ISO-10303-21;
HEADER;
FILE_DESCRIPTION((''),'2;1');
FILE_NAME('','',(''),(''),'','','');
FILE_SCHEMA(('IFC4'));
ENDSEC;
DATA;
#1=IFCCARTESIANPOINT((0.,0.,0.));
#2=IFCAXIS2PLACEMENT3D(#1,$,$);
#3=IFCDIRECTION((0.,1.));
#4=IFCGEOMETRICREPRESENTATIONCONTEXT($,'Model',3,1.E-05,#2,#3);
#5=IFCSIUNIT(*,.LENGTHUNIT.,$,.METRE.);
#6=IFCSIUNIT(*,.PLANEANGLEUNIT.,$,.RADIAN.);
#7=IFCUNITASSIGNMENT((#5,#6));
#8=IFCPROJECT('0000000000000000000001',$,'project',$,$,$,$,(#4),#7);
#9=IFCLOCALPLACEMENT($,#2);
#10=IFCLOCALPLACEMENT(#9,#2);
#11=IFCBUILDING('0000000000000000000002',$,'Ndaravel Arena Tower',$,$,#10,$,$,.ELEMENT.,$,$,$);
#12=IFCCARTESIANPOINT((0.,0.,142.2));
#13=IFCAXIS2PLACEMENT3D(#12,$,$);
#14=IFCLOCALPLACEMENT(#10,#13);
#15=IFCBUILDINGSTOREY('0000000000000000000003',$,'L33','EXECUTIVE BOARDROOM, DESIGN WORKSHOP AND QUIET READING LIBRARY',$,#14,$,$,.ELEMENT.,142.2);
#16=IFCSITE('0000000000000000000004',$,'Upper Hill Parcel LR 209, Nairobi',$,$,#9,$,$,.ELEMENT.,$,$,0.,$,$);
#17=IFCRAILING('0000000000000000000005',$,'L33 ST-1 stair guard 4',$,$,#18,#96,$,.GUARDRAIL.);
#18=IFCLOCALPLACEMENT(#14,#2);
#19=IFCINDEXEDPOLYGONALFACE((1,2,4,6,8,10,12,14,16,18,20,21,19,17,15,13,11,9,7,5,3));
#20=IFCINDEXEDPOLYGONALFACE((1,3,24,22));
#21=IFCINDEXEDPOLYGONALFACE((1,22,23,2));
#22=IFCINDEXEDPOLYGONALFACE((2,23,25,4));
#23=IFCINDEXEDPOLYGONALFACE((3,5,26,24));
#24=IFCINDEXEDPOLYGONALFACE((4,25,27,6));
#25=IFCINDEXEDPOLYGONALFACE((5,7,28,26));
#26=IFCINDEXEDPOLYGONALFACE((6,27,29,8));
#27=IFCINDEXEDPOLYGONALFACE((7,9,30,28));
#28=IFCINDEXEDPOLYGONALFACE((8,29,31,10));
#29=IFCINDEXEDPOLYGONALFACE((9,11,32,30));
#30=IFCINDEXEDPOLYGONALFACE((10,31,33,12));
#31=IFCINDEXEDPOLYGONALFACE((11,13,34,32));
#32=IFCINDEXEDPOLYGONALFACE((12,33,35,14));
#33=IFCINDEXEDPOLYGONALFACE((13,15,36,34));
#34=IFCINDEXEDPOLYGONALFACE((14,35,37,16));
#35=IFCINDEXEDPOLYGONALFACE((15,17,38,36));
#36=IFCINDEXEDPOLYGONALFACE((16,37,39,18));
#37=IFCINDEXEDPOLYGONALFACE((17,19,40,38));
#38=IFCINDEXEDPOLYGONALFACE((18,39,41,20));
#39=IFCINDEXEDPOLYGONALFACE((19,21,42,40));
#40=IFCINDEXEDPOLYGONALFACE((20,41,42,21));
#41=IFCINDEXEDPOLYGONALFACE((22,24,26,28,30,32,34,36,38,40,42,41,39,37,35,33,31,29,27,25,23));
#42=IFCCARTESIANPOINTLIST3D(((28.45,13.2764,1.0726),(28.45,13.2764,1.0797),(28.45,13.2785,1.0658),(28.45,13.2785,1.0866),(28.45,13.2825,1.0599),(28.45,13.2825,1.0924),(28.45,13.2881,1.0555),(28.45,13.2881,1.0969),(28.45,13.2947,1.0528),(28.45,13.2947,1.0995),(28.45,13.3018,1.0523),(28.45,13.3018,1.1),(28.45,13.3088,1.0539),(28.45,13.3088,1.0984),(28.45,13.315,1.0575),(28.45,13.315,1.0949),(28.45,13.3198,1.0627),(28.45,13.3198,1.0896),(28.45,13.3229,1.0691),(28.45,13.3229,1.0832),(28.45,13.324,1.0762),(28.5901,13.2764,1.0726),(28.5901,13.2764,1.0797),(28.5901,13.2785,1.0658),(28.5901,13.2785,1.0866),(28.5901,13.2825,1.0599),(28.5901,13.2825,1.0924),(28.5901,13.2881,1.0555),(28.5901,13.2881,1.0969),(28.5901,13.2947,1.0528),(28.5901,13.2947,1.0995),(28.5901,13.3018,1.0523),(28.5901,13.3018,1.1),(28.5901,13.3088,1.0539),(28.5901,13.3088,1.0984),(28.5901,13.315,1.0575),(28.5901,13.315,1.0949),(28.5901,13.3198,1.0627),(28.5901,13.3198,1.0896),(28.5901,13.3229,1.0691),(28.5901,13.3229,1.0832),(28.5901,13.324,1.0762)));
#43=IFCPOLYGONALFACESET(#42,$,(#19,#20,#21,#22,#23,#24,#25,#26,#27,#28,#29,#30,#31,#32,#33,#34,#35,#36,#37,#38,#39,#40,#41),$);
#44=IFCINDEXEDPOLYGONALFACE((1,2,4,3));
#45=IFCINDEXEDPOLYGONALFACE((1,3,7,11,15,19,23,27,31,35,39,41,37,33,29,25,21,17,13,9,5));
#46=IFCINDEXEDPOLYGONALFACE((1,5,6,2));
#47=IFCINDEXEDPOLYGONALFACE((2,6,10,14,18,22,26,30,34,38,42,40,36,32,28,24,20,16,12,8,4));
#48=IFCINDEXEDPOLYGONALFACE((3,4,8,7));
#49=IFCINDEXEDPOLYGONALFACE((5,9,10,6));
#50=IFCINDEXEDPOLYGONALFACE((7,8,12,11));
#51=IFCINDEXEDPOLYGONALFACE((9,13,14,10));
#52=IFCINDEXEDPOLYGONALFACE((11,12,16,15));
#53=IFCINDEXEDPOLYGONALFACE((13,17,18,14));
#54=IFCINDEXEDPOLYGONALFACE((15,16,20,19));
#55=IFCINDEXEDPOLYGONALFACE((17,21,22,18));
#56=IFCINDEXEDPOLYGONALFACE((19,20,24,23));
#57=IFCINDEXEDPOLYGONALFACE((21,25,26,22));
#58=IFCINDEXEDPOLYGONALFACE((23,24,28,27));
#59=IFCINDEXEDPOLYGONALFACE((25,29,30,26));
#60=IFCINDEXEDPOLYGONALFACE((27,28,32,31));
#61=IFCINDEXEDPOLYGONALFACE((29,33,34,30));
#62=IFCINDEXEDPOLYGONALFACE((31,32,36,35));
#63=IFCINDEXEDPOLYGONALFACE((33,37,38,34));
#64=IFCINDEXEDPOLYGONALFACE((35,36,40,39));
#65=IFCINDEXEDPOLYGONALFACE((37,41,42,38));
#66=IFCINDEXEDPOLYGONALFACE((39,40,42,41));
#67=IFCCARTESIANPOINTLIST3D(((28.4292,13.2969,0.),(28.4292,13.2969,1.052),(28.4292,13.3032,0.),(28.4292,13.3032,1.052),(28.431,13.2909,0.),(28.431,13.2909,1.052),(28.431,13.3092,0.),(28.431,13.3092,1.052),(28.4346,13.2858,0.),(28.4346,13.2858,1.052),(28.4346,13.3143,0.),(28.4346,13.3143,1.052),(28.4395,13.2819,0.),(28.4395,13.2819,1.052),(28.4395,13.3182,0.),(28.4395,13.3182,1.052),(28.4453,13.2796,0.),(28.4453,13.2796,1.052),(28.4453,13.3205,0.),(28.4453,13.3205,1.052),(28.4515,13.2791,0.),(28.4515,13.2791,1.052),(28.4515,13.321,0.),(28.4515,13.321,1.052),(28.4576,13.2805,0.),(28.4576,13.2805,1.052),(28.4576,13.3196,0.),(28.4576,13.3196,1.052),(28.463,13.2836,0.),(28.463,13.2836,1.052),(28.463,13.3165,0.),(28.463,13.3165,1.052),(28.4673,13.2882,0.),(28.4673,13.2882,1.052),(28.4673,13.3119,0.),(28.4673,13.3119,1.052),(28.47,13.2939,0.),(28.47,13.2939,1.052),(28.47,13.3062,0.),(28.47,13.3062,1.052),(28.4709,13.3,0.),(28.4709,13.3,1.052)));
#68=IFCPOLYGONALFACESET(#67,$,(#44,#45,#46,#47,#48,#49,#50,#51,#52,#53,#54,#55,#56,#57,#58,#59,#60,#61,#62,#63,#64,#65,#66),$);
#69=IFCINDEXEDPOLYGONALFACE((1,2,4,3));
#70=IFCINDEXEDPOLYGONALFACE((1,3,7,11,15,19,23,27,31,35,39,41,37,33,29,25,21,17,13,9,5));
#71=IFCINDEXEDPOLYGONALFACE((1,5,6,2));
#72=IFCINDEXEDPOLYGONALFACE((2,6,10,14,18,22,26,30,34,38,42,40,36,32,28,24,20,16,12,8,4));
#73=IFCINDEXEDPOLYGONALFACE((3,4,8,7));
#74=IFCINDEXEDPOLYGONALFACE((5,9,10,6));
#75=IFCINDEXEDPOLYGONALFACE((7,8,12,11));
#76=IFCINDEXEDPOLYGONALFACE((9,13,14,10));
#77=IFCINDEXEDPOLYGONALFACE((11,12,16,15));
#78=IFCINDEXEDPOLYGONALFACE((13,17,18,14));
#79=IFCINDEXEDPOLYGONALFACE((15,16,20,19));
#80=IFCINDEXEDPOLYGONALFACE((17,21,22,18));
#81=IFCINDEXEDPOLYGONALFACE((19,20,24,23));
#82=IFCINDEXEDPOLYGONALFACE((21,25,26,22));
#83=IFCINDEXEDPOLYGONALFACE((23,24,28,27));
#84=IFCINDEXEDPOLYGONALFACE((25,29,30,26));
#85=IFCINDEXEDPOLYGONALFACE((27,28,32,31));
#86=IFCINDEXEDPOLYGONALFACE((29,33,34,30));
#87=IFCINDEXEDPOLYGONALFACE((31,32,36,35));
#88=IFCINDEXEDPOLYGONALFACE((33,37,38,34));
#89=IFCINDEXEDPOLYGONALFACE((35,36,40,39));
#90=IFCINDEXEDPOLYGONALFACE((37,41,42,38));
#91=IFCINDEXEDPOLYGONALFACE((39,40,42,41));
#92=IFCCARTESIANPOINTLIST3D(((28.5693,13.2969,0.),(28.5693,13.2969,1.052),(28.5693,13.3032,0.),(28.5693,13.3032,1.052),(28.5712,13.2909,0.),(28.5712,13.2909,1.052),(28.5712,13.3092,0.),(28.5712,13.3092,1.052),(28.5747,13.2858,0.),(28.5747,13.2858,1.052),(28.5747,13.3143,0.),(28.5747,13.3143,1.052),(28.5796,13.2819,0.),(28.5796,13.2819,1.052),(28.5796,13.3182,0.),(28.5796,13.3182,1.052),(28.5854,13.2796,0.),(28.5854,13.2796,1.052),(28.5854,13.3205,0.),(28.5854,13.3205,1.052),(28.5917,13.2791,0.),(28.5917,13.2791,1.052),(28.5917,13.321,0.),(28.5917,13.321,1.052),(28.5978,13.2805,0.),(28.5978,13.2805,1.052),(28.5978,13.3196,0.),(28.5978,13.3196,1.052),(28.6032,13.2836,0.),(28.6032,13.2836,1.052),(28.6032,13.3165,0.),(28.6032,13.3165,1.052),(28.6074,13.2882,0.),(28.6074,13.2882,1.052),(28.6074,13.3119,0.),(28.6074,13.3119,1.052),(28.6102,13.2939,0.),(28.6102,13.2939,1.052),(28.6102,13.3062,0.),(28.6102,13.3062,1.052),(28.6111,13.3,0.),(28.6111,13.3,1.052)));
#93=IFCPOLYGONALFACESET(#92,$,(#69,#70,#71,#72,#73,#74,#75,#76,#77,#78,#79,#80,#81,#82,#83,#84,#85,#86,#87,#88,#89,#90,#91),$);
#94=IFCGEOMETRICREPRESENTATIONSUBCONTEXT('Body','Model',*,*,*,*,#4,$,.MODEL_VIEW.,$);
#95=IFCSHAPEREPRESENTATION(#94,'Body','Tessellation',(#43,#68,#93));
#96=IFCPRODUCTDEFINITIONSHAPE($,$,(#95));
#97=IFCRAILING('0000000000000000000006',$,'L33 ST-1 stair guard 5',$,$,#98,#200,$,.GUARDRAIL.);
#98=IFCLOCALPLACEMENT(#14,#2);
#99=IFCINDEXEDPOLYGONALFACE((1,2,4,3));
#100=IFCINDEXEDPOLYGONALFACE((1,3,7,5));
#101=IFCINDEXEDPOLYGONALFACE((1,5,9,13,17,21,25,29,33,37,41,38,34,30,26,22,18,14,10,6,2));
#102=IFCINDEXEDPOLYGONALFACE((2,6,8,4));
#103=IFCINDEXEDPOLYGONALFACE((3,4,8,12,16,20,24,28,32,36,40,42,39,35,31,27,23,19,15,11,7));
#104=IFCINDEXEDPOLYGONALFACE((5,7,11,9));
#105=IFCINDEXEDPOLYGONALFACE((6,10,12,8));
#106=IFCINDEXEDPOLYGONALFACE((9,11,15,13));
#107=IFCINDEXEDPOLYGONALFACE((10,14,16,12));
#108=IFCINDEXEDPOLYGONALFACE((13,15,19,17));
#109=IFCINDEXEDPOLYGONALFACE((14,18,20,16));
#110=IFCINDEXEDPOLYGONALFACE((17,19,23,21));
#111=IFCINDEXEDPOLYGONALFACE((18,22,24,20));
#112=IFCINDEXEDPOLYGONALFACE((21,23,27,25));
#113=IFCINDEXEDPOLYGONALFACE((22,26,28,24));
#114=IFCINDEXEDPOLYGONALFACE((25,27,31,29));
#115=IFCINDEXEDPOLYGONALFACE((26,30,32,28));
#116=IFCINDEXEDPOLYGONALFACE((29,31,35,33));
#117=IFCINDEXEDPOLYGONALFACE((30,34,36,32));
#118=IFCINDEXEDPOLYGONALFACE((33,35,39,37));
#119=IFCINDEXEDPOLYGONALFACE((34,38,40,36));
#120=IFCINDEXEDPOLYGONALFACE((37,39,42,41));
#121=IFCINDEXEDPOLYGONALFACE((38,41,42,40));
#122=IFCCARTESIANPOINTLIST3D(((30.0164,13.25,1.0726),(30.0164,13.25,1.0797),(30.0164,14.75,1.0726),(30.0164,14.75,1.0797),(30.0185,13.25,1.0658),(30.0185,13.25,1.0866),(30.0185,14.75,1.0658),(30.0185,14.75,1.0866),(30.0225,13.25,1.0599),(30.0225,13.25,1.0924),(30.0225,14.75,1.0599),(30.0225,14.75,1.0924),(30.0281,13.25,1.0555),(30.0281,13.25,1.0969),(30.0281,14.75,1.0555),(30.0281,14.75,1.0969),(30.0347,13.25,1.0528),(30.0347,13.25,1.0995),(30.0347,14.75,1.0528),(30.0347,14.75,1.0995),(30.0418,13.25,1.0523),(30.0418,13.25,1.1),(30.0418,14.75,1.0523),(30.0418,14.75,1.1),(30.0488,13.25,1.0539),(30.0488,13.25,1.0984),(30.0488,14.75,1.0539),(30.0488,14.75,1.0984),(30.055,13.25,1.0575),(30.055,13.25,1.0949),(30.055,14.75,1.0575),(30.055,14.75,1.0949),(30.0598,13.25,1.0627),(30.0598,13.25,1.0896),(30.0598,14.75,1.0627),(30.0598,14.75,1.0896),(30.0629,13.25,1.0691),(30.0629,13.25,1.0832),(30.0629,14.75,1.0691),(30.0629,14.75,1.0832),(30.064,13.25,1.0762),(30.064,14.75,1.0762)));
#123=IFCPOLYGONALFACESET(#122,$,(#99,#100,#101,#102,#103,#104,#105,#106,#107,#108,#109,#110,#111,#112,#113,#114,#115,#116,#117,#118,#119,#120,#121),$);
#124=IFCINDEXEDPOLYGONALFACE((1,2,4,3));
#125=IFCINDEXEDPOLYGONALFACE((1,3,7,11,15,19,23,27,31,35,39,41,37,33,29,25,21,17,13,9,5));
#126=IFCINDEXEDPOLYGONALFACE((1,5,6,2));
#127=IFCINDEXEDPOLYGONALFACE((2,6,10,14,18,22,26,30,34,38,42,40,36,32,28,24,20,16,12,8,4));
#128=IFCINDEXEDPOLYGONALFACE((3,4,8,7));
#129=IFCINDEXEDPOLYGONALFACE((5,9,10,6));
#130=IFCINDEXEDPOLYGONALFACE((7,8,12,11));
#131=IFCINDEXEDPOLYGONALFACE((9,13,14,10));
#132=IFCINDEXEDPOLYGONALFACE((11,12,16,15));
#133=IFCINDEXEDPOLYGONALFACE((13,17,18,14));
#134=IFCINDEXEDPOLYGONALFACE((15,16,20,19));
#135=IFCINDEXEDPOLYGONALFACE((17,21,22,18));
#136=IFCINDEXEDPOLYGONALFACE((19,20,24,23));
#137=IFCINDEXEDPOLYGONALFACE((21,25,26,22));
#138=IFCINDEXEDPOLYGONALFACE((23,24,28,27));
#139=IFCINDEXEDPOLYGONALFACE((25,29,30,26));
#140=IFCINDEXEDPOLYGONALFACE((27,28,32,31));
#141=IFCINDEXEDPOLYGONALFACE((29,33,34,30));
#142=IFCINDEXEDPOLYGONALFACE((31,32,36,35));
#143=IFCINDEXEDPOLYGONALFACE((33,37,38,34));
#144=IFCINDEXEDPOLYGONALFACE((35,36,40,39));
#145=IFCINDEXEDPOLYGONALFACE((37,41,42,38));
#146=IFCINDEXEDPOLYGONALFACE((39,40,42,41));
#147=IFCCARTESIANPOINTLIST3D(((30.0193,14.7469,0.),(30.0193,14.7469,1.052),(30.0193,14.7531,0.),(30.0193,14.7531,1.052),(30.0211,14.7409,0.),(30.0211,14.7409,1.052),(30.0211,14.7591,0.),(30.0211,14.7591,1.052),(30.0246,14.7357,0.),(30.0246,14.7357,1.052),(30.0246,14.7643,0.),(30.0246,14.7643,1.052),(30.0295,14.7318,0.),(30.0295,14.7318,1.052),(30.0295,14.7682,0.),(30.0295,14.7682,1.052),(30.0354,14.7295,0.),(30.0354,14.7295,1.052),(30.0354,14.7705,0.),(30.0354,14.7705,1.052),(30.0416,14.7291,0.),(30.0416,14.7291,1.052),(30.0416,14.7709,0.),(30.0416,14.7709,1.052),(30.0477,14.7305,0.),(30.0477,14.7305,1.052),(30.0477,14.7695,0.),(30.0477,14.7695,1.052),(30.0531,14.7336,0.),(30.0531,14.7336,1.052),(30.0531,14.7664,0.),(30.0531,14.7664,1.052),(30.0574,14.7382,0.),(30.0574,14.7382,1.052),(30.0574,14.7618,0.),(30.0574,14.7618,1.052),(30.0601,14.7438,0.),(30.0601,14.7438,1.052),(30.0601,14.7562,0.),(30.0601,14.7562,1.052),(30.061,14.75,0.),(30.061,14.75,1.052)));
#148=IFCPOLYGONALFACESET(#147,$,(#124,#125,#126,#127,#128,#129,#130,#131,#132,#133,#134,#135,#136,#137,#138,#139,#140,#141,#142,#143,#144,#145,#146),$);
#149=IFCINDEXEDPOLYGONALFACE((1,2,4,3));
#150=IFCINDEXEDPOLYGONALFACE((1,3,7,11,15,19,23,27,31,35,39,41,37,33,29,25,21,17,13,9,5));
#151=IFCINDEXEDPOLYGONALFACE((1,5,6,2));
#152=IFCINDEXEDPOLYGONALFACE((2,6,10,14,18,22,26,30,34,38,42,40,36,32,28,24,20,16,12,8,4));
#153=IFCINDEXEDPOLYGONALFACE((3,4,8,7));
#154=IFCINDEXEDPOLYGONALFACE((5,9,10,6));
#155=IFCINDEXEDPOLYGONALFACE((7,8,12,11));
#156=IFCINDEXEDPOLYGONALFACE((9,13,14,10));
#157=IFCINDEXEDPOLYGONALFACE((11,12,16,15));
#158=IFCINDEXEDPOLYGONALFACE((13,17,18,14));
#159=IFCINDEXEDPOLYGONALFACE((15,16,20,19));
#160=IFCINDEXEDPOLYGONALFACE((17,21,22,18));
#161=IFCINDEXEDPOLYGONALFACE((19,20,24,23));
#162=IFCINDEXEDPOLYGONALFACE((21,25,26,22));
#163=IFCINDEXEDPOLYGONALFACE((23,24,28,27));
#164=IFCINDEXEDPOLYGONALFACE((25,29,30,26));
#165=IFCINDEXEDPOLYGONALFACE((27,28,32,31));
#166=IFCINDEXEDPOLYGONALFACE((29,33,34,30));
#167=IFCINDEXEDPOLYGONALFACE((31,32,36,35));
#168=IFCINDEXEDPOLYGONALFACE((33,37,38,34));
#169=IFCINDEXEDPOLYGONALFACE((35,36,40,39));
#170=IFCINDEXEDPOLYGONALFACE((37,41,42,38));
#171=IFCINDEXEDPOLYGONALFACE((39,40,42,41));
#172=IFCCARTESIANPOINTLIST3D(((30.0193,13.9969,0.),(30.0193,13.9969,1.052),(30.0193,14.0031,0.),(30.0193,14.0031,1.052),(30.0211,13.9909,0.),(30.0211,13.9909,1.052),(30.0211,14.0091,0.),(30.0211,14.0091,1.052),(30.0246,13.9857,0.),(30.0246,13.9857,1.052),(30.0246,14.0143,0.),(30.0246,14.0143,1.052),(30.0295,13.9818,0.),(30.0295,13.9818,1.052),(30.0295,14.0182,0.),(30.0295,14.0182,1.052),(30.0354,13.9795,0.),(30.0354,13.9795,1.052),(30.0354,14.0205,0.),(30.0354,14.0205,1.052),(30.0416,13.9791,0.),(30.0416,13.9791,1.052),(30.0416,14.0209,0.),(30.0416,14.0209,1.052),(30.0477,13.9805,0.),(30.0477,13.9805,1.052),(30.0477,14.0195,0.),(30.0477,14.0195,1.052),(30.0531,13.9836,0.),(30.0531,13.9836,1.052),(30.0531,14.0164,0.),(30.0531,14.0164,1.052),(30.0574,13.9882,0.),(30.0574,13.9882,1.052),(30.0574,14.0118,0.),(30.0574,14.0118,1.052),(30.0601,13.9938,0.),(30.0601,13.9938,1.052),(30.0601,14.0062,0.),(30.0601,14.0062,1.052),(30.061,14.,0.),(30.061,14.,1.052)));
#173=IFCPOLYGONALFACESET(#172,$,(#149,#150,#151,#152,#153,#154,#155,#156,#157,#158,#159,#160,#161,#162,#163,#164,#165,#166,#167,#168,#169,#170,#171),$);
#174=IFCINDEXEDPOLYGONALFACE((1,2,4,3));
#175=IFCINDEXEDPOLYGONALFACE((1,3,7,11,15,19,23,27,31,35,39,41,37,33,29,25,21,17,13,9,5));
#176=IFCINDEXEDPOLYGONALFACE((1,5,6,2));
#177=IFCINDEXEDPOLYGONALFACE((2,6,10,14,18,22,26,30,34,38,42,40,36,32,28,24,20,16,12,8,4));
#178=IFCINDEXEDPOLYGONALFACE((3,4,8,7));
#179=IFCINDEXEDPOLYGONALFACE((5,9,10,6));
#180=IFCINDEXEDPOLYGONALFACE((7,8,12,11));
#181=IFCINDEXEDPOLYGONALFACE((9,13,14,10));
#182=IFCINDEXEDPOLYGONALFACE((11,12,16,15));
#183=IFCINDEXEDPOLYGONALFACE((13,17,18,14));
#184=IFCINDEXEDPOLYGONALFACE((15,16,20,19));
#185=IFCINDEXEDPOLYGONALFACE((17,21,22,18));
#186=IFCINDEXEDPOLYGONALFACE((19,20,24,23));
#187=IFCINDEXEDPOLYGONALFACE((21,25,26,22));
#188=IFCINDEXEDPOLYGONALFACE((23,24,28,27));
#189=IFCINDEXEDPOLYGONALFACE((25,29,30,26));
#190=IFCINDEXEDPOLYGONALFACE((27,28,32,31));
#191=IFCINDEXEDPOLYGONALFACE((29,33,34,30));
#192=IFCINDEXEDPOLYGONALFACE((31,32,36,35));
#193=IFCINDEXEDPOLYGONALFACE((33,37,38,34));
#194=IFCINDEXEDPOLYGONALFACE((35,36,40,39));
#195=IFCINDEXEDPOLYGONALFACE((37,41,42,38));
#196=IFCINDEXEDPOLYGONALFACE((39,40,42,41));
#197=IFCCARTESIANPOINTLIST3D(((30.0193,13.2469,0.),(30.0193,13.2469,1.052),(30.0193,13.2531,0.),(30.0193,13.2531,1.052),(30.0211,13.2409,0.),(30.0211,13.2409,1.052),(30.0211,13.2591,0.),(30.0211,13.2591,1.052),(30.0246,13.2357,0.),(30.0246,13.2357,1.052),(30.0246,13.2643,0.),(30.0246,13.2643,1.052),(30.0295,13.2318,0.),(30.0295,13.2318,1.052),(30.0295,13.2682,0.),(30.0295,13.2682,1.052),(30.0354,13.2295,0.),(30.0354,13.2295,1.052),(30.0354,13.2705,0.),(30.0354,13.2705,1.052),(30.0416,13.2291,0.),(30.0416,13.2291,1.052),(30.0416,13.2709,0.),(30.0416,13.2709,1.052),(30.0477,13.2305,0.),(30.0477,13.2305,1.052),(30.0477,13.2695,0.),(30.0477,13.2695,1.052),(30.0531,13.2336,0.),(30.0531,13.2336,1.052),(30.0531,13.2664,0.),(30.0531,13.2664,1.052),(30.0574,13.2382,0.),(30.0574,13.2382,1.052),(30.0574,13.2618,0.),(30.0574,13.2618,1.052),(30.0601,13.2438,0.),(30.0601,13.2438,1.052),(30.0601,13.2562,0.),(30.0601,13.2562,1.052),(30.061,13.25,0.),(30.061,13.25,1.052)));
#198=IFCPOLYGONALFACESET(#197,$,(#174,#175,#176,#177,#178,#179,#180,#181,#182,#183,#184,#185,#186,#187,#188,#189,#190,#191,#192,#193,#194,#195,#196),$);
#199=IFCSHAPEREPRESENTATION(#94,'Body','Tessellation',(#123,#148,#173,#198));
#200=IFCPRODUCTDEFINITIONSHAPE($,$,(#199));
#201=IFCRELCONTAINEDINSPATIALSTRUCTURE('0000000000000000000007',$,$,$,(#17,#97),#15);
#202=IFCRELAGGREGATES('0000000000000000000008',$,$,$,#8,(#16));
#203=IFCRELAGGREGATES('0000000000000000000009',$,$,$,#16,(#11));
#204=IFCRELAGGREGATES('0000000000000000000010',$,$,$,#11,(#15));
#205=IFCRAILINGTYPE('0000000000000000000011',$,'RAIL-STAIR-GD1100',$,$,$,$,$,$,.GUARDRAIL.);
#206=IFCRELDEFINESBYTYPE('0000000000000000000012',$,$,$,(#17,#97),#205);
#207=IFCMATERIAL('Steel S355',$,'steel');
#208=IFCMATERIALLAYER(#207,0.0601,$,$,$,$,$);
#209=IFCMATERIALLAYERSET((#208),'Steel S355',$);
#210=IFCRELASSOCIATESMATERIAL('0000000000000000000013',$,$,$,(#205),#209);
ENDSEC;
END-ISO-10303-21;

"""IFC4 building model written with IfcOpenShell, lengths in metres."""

from ifc_helpers import new_model, si_unit, direction, frame, origin, origin_2d, place, context, subcontext, project, spatial, circle, extrude, material, layer, layer_set, type_object, element, save


model = new_model("IFC4")

# Units and contexts
model_context = context("Model", 3, precision=1e-05, world=origin(), true_north=direction((0.0, 1.0)))
body_context = subcontext(model_context, "Body", "Model", "MODEL_VIEW")
ifc_project = project(units=[si_unit("LENGTHUNIT", "METRE"), si_unit("PLANEANGLEUNIT", "RADIAN")], contexts=[model_context])

# Site, building, storey
site_placement = place(None, origin())
site = spatial("IfcSite", under=ifc_project, at=site_placement, Name="Upper Hill Parcel LR 209, Nairobi", CompositionType="ELEMENT", RefElevation=0.0)
building_placement = place(site_placement, origin())
building = spatial("IfcBuilding", under=site, at=building_placement, Name="Ndaravel Arena Tower", CompositionType="ELEMENT")
storey_placement = place(building_placement, frame((0.0, 0.0, 142.2)))
storey = spatial("IfcBuildingStorey", under=building, at=storey_placement, Name="L33", Description="EXECUTIVE BOARDROOM, DESIGN WORKSHOP AND QUIET READING LIBRARY", CompositionType="ELEMENT", Elevation=142.2)

# Railings
ifc_material_1 = material(Name="Steel S355", Category="steel")
ifc_layer_1 = layer(ifc_material_1, 0.0601)
ifc_layer_set_1 = layer_set([ifc_layer_1], Name="Steel S355")
railing_type_1 = type_object("IfcRailingType", Name="RAIL-STAIR-GD1100", PredefinedType="GUARDRAIL", material=ifc_layer_set_1)
railing_1_placement = place(storey_placement, frame((28.45, 13.3, 0.0)))
element("IfcRailing", 1, at=railing_1_placement, inside=storey, type_object=railing_type_1, Name="L33 ST-1 stair guard 4", PredefinedType="GUARDRAIL", context=body_context, shape_type="SweptSolid", body=[
    extrude(circle(Radius=0.0239, at=origin_2d()), frame((0.0, 0.0, 1.0762), z_axis=(1.0, 0.0, 0.0), x_axis=(0.0, 1.0, 0.0)), (0.0, 0.0, 1.0), 0.1401),
    extrude(circle(Radius=0.021, at=origin_2d()), origin(), (0.0, 0.0, 1.0), 1.052),
    extrude(circle(Radius=0.021, at=origin_2d()), frame((0.1401, 0.0, 0.0)), (0.0, 0.0, 1.0), 1.052),
])
railing_2_placement = place(storey_placement, frame((30.04, 14.75, 0.0)))
element("IfcRailing", 2, at=railing_2_placement, inside=storey, type_object=railing_type_1, Name="L33 ST-1 stair guard 5", PredefinedType="GUARDRAIL", context=body_context, shape_type="SweptSolid", body=[
    extrude(circle(Radius=0.0239, at=origin_2d()), frame((0.0, 0.0, 1.0762), z_axis=(0.0, -1.0, 0.0), x_axis=(1.0, 0.0, 0.0)), (0.0, 0.0, 1.0), 1.5),
    extrude(circle(Radius=0.021, at=origin_2d()), origin(), (0.0, 0.0, 1.0), 1.052),
    extrude(circle(Radius=0.021, at=origin_2d()), frame((0.0, -0.75, 0.0)), (0.0, 0.0, 1.0), 1.052),
    extrude(circle(Radius=0.021, at=origin_2d()), frame((0.0, -1.5, 0.0)), (0.0, 0.0, 1.0), 1.052),
])

save(model, "model.ifc")
